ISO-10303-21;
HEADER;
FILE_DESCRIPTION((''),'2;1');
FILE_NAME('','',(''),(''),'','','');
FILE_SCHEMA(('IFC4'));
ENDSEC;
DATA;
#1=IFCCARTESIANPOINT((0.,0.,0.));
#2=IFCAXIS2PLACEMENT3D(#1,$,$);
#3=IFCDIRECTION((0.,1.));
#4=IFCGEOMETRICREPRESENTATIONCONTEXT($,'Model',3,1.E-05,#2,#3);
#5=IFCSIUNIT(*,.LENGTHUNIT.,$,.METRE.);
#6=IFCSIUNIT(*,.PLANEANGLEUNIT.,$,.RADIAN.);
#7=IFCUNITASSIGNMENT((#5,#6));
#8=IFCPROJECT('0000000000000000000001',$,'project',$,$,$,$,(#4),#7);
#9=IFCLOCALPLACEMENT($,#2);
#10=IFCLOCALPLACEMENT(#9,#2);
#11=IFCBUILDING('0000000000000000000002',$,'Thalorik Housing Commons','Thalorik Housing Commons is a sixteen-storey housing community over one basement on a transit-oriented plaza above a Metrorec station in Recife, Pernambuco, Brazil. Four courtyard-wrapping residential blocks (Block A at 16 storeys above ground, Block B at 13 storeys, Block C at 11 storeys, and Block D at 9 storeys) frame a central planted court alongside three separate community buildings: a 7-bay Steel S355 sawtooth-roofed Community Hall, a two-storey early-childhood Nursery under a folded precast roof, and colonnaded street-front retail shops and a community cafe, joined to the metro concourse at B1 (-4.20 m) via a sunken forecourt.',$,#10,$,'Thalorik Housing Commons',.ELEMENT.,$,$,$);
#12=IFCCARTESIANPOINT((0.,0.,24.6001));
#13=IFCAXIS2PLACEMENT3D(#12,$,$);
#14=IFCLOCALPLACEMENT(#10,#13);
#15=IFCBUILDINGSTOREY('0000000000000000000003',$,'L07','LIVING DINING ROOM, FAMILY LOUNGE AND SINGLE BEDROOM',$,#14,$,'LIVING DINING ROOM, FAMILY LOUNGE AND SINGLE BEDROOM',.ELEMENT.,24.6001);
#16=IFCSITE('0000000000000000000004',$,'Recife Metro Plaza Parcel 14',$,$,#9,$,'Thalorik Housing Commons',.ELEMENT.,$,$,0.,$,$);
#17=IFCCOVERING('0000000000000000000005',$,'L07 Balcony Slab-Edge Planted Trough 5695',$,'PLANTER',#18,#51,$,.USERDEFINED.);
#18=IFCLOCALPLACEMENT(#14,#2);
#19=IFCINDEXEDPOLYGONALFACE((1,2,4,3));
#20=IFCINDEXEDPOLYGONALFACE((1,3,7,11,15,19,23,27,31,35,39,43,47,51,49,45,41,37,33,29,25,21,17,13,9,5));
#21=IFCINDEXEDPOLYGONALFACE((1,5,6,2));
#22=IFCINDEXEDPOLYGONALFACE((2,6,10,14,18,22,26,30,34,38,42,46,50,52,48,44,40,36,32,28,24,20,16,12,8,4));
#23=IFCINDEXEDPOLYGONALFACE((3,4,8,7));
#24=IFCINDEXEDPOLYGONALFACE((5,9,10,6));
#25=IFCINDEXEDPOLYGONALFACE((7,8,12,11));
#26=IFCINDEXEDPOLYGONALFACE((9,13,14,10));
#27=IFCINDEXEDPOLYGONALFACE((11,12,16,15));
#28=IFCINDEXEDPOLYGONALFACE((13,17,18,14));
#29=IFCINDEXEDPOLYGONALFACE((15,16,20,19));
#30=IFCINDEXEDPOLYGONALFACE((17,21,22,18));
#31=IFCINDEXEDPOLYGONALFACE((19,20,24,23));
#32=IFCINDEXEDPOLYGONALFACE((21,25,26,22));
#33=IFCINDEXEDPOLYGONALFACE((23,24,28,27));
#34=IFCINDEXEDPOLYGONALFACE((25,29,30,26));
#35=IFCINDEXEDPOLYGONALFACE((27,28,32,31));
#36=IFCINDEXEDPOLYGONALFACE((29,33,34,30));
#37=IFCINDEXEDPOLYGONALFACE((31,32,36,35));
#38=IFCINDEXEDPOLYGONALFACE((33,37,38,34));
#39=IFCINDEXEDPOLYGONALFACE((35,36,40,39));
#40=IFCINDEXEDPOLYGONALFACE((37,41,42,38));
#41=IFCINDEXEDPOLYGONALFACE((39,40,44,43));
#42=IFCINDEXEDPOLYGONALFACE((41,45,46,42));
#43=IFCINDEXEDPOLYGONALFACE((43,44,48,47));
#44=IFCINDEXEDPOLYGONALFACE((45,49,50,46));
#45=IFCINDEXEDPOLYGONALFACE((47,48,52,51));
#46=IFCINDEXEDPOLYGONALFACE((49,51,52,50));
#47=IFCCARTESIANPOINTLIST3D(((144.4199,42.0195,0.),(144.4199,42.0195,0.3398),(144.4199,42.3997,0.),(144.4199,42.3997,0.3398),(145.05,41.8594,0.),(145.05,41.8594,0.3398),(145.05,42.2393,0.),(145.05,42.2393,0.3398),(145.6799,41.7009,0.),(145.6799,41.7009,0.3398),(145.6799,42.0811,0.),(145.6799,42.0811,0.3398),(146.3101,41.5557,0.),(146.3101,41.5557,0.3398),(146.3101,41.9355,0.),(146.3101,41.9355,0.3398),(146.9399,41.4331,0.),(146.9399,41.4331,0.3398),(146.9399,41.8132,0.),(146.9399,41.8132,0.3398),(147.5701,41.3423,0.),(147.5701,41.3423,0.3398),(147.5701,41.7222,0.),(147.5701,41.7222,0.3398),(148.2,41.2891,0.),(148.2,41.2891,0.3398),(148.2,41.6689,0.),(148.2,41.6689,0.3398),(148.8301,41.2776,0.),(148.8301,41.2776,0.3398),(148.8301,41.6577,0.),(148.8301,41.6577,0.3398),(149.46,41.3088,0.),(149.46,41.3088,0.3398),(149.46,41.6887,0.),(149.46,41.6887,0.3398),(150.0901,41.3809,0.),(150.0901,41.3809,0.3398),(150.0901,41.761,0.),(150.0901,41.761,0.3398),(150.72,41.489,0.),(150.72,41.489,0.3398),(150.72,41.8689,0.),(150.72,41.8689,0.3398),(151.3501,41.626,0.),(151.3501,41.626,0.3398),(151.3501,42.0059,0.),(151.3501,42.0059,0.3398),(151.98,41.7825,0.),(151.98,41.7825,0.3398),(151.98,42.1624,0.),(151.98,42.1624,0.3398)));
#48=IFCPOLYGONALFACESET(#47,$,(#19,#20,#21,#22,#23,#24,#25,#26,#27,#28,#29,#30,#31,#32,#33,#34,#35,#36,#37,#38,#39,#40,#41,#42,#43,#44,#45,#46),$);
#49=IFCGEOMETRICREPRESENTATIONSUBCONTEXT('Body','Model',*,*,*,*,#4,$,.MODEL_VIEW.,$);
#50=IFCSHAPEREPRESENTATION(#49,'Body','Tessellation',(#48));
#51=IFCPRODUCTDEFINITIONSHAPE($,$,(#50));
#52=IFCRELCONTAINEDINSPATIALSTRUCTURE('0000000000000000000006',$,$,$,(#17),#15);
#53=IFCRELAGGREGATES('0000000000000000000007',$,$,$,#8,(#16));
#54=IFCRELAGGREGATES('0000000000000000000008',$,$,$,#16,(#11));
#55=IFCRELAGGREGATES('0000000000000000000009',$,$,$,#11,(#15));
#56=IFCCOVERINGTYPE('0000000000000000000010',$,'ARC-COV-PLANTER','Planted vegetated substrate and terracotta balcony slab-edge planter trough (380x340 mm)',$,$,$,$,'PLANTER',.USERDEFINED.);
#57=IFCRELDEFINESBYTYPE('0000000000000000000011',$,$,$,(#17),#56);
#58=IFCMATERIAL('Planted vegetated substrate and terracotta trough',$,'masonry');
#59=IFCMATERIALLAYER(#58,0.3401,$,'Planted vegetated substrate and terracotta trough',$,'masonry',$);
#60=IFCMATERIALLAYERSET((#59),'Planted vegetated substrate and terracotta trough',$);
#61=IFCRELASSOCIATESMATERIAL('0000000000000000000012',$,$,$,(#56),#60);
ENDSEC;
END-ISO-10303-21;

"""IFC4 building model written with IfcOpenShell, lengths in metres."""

from ifc_helpers import new_model, si_unit, direction, frame, origin, place, context, subcontext, project, spatial, polyline, outline, extrude, material, layer, layer_set, type_object, element, save


model = new_model("IFC4")

# Units and contexts
model_context = context("Model", 3, precision=1e-05, world=origin(), true_north=direction((0.0, 1.0)))
body_context = subcontext(model_context, "Body", "Model", "MODEL_VIEW")
ifc_project = project(units=[si_unit("LENGTHUNIT", "METRE"), si_unit("PLANEANGLEUNIT", "RADIAN")], contexts=[model_context])

# Site, building, storey
site_placement = place(None, origin())
site = spatial("IfcSite", under=ifc_project, at=site_placement, Name="Recife Metro Plaza Parcel 14", LongName="Thalorik Housing Commons", CompositionType="ELEMENT", RefElevation=0.0)
building_placement = place(site_placement, origin())
building = spatial("IfcBuilding", under=site, at=building_placement, Name="Thalorik Housing Commons", Description="Thalorik Housing Commons is a sixteen-storey housing community over one basement on a transit-oriented plaza above a Metrorec station in Recife, Pernambuco, Brazil. Four courtyard-wrapping residential blocks (Block A at 16 storeys above ground, Block B at 13 storeys, Block C at 11 storeys, and Block D at 9 storeys) frame a central planted court alongside three separate community buildings: a 7-bay Steel S355 sawtooth-roofed Community Hall, a two-storey early-childhood Nursery under a folded precast roof, and colonnaded street-front retail shops and a community cafe, joined to the metro concourse at B1 (-4.20 m) via a sunken forecourt.", LongName="Thalorik Housing Commons", CompositionType="ELEMENT")
storey_placement = place(building_placement, frame((0.0, 0.0, 24.6001)))
storey = spatial("IfcBuildingStorey", under=building, at=storey_placement, Name="L07", Description="LIVING DINING ROOM, FAMILY LOUNGE AND SINGLE BEDROOM", LongName="LIVING DINING ROOM, FAMILY LOUNGE AND SINGLE BEDROOM", CompositionType="ELEMENT", Elevation=24.6001)

# Covering
ifc_material_1 = material(Name="Planted vegetated substrate and terracotta trough", Category="masonry")
ifc_layer_1 = layer(ifc_material_1, 0.3401, Name="Planted vegetated substrate and terracotta trough", Category="masonry")
ifc_layer_set_1 = layer_set([ifc_layer_1], Name="Planted vegetated substrate and terracotta trough")
covering_type = type_object("IfcCoveringType", Name="ARC-COV-PLANTER", Description="Planted vegetated substrate and terracotta balcony slab-edge planter trough (380x340 mm)", ElementType="PLANTER", PredefinedType="USERDEFINED", material=ifc_layer_set_1)
covering_1_placement = place(storey_placement, origin())
element("IfcCovering", 1, at=covering_1_placement, inside=storey, type_object=covering_type, Name="L07 Balcony Slab-Edge Planted Trough 5695", ObjectType="PLANTER", PredefinedType="USERDEFINED", context=body_context, shape_type="SweptSolid", body=[
    extrude(outline(polyline([(144.4199, 42.0195), (145.05, 41.8594), (145.6799, 41.7009), (146.3101, 41.5557), (146.9399, 41.4331), (147.5701, 41.3423), (148.2, 41.2891), (148.8301, 41.2776), (149.46, 41.3088), (150.0901, 41.3809), (150.72, 41.489), (151.3501, 41.626), (151.98, 41.7825), (151.98, 42.1624), (151.3501, 42.0059), (150.72, 41.8689), (150.0901, 41.761), (149.46, 41.6887), (148.8301, 41.6577), (148.2, 41.6689), (147.5701, 41.7222), (146.9399, 41.8132), (146.3101, 41.9355), (145.6799, 42.0811), (145.05, 42.2393), (144.4199, 42.3997), (144.4199, 42.0195)])), origin(), (0.0, 0.0, 1.0), 0.3398),
])

save(model, "model.ifc")
